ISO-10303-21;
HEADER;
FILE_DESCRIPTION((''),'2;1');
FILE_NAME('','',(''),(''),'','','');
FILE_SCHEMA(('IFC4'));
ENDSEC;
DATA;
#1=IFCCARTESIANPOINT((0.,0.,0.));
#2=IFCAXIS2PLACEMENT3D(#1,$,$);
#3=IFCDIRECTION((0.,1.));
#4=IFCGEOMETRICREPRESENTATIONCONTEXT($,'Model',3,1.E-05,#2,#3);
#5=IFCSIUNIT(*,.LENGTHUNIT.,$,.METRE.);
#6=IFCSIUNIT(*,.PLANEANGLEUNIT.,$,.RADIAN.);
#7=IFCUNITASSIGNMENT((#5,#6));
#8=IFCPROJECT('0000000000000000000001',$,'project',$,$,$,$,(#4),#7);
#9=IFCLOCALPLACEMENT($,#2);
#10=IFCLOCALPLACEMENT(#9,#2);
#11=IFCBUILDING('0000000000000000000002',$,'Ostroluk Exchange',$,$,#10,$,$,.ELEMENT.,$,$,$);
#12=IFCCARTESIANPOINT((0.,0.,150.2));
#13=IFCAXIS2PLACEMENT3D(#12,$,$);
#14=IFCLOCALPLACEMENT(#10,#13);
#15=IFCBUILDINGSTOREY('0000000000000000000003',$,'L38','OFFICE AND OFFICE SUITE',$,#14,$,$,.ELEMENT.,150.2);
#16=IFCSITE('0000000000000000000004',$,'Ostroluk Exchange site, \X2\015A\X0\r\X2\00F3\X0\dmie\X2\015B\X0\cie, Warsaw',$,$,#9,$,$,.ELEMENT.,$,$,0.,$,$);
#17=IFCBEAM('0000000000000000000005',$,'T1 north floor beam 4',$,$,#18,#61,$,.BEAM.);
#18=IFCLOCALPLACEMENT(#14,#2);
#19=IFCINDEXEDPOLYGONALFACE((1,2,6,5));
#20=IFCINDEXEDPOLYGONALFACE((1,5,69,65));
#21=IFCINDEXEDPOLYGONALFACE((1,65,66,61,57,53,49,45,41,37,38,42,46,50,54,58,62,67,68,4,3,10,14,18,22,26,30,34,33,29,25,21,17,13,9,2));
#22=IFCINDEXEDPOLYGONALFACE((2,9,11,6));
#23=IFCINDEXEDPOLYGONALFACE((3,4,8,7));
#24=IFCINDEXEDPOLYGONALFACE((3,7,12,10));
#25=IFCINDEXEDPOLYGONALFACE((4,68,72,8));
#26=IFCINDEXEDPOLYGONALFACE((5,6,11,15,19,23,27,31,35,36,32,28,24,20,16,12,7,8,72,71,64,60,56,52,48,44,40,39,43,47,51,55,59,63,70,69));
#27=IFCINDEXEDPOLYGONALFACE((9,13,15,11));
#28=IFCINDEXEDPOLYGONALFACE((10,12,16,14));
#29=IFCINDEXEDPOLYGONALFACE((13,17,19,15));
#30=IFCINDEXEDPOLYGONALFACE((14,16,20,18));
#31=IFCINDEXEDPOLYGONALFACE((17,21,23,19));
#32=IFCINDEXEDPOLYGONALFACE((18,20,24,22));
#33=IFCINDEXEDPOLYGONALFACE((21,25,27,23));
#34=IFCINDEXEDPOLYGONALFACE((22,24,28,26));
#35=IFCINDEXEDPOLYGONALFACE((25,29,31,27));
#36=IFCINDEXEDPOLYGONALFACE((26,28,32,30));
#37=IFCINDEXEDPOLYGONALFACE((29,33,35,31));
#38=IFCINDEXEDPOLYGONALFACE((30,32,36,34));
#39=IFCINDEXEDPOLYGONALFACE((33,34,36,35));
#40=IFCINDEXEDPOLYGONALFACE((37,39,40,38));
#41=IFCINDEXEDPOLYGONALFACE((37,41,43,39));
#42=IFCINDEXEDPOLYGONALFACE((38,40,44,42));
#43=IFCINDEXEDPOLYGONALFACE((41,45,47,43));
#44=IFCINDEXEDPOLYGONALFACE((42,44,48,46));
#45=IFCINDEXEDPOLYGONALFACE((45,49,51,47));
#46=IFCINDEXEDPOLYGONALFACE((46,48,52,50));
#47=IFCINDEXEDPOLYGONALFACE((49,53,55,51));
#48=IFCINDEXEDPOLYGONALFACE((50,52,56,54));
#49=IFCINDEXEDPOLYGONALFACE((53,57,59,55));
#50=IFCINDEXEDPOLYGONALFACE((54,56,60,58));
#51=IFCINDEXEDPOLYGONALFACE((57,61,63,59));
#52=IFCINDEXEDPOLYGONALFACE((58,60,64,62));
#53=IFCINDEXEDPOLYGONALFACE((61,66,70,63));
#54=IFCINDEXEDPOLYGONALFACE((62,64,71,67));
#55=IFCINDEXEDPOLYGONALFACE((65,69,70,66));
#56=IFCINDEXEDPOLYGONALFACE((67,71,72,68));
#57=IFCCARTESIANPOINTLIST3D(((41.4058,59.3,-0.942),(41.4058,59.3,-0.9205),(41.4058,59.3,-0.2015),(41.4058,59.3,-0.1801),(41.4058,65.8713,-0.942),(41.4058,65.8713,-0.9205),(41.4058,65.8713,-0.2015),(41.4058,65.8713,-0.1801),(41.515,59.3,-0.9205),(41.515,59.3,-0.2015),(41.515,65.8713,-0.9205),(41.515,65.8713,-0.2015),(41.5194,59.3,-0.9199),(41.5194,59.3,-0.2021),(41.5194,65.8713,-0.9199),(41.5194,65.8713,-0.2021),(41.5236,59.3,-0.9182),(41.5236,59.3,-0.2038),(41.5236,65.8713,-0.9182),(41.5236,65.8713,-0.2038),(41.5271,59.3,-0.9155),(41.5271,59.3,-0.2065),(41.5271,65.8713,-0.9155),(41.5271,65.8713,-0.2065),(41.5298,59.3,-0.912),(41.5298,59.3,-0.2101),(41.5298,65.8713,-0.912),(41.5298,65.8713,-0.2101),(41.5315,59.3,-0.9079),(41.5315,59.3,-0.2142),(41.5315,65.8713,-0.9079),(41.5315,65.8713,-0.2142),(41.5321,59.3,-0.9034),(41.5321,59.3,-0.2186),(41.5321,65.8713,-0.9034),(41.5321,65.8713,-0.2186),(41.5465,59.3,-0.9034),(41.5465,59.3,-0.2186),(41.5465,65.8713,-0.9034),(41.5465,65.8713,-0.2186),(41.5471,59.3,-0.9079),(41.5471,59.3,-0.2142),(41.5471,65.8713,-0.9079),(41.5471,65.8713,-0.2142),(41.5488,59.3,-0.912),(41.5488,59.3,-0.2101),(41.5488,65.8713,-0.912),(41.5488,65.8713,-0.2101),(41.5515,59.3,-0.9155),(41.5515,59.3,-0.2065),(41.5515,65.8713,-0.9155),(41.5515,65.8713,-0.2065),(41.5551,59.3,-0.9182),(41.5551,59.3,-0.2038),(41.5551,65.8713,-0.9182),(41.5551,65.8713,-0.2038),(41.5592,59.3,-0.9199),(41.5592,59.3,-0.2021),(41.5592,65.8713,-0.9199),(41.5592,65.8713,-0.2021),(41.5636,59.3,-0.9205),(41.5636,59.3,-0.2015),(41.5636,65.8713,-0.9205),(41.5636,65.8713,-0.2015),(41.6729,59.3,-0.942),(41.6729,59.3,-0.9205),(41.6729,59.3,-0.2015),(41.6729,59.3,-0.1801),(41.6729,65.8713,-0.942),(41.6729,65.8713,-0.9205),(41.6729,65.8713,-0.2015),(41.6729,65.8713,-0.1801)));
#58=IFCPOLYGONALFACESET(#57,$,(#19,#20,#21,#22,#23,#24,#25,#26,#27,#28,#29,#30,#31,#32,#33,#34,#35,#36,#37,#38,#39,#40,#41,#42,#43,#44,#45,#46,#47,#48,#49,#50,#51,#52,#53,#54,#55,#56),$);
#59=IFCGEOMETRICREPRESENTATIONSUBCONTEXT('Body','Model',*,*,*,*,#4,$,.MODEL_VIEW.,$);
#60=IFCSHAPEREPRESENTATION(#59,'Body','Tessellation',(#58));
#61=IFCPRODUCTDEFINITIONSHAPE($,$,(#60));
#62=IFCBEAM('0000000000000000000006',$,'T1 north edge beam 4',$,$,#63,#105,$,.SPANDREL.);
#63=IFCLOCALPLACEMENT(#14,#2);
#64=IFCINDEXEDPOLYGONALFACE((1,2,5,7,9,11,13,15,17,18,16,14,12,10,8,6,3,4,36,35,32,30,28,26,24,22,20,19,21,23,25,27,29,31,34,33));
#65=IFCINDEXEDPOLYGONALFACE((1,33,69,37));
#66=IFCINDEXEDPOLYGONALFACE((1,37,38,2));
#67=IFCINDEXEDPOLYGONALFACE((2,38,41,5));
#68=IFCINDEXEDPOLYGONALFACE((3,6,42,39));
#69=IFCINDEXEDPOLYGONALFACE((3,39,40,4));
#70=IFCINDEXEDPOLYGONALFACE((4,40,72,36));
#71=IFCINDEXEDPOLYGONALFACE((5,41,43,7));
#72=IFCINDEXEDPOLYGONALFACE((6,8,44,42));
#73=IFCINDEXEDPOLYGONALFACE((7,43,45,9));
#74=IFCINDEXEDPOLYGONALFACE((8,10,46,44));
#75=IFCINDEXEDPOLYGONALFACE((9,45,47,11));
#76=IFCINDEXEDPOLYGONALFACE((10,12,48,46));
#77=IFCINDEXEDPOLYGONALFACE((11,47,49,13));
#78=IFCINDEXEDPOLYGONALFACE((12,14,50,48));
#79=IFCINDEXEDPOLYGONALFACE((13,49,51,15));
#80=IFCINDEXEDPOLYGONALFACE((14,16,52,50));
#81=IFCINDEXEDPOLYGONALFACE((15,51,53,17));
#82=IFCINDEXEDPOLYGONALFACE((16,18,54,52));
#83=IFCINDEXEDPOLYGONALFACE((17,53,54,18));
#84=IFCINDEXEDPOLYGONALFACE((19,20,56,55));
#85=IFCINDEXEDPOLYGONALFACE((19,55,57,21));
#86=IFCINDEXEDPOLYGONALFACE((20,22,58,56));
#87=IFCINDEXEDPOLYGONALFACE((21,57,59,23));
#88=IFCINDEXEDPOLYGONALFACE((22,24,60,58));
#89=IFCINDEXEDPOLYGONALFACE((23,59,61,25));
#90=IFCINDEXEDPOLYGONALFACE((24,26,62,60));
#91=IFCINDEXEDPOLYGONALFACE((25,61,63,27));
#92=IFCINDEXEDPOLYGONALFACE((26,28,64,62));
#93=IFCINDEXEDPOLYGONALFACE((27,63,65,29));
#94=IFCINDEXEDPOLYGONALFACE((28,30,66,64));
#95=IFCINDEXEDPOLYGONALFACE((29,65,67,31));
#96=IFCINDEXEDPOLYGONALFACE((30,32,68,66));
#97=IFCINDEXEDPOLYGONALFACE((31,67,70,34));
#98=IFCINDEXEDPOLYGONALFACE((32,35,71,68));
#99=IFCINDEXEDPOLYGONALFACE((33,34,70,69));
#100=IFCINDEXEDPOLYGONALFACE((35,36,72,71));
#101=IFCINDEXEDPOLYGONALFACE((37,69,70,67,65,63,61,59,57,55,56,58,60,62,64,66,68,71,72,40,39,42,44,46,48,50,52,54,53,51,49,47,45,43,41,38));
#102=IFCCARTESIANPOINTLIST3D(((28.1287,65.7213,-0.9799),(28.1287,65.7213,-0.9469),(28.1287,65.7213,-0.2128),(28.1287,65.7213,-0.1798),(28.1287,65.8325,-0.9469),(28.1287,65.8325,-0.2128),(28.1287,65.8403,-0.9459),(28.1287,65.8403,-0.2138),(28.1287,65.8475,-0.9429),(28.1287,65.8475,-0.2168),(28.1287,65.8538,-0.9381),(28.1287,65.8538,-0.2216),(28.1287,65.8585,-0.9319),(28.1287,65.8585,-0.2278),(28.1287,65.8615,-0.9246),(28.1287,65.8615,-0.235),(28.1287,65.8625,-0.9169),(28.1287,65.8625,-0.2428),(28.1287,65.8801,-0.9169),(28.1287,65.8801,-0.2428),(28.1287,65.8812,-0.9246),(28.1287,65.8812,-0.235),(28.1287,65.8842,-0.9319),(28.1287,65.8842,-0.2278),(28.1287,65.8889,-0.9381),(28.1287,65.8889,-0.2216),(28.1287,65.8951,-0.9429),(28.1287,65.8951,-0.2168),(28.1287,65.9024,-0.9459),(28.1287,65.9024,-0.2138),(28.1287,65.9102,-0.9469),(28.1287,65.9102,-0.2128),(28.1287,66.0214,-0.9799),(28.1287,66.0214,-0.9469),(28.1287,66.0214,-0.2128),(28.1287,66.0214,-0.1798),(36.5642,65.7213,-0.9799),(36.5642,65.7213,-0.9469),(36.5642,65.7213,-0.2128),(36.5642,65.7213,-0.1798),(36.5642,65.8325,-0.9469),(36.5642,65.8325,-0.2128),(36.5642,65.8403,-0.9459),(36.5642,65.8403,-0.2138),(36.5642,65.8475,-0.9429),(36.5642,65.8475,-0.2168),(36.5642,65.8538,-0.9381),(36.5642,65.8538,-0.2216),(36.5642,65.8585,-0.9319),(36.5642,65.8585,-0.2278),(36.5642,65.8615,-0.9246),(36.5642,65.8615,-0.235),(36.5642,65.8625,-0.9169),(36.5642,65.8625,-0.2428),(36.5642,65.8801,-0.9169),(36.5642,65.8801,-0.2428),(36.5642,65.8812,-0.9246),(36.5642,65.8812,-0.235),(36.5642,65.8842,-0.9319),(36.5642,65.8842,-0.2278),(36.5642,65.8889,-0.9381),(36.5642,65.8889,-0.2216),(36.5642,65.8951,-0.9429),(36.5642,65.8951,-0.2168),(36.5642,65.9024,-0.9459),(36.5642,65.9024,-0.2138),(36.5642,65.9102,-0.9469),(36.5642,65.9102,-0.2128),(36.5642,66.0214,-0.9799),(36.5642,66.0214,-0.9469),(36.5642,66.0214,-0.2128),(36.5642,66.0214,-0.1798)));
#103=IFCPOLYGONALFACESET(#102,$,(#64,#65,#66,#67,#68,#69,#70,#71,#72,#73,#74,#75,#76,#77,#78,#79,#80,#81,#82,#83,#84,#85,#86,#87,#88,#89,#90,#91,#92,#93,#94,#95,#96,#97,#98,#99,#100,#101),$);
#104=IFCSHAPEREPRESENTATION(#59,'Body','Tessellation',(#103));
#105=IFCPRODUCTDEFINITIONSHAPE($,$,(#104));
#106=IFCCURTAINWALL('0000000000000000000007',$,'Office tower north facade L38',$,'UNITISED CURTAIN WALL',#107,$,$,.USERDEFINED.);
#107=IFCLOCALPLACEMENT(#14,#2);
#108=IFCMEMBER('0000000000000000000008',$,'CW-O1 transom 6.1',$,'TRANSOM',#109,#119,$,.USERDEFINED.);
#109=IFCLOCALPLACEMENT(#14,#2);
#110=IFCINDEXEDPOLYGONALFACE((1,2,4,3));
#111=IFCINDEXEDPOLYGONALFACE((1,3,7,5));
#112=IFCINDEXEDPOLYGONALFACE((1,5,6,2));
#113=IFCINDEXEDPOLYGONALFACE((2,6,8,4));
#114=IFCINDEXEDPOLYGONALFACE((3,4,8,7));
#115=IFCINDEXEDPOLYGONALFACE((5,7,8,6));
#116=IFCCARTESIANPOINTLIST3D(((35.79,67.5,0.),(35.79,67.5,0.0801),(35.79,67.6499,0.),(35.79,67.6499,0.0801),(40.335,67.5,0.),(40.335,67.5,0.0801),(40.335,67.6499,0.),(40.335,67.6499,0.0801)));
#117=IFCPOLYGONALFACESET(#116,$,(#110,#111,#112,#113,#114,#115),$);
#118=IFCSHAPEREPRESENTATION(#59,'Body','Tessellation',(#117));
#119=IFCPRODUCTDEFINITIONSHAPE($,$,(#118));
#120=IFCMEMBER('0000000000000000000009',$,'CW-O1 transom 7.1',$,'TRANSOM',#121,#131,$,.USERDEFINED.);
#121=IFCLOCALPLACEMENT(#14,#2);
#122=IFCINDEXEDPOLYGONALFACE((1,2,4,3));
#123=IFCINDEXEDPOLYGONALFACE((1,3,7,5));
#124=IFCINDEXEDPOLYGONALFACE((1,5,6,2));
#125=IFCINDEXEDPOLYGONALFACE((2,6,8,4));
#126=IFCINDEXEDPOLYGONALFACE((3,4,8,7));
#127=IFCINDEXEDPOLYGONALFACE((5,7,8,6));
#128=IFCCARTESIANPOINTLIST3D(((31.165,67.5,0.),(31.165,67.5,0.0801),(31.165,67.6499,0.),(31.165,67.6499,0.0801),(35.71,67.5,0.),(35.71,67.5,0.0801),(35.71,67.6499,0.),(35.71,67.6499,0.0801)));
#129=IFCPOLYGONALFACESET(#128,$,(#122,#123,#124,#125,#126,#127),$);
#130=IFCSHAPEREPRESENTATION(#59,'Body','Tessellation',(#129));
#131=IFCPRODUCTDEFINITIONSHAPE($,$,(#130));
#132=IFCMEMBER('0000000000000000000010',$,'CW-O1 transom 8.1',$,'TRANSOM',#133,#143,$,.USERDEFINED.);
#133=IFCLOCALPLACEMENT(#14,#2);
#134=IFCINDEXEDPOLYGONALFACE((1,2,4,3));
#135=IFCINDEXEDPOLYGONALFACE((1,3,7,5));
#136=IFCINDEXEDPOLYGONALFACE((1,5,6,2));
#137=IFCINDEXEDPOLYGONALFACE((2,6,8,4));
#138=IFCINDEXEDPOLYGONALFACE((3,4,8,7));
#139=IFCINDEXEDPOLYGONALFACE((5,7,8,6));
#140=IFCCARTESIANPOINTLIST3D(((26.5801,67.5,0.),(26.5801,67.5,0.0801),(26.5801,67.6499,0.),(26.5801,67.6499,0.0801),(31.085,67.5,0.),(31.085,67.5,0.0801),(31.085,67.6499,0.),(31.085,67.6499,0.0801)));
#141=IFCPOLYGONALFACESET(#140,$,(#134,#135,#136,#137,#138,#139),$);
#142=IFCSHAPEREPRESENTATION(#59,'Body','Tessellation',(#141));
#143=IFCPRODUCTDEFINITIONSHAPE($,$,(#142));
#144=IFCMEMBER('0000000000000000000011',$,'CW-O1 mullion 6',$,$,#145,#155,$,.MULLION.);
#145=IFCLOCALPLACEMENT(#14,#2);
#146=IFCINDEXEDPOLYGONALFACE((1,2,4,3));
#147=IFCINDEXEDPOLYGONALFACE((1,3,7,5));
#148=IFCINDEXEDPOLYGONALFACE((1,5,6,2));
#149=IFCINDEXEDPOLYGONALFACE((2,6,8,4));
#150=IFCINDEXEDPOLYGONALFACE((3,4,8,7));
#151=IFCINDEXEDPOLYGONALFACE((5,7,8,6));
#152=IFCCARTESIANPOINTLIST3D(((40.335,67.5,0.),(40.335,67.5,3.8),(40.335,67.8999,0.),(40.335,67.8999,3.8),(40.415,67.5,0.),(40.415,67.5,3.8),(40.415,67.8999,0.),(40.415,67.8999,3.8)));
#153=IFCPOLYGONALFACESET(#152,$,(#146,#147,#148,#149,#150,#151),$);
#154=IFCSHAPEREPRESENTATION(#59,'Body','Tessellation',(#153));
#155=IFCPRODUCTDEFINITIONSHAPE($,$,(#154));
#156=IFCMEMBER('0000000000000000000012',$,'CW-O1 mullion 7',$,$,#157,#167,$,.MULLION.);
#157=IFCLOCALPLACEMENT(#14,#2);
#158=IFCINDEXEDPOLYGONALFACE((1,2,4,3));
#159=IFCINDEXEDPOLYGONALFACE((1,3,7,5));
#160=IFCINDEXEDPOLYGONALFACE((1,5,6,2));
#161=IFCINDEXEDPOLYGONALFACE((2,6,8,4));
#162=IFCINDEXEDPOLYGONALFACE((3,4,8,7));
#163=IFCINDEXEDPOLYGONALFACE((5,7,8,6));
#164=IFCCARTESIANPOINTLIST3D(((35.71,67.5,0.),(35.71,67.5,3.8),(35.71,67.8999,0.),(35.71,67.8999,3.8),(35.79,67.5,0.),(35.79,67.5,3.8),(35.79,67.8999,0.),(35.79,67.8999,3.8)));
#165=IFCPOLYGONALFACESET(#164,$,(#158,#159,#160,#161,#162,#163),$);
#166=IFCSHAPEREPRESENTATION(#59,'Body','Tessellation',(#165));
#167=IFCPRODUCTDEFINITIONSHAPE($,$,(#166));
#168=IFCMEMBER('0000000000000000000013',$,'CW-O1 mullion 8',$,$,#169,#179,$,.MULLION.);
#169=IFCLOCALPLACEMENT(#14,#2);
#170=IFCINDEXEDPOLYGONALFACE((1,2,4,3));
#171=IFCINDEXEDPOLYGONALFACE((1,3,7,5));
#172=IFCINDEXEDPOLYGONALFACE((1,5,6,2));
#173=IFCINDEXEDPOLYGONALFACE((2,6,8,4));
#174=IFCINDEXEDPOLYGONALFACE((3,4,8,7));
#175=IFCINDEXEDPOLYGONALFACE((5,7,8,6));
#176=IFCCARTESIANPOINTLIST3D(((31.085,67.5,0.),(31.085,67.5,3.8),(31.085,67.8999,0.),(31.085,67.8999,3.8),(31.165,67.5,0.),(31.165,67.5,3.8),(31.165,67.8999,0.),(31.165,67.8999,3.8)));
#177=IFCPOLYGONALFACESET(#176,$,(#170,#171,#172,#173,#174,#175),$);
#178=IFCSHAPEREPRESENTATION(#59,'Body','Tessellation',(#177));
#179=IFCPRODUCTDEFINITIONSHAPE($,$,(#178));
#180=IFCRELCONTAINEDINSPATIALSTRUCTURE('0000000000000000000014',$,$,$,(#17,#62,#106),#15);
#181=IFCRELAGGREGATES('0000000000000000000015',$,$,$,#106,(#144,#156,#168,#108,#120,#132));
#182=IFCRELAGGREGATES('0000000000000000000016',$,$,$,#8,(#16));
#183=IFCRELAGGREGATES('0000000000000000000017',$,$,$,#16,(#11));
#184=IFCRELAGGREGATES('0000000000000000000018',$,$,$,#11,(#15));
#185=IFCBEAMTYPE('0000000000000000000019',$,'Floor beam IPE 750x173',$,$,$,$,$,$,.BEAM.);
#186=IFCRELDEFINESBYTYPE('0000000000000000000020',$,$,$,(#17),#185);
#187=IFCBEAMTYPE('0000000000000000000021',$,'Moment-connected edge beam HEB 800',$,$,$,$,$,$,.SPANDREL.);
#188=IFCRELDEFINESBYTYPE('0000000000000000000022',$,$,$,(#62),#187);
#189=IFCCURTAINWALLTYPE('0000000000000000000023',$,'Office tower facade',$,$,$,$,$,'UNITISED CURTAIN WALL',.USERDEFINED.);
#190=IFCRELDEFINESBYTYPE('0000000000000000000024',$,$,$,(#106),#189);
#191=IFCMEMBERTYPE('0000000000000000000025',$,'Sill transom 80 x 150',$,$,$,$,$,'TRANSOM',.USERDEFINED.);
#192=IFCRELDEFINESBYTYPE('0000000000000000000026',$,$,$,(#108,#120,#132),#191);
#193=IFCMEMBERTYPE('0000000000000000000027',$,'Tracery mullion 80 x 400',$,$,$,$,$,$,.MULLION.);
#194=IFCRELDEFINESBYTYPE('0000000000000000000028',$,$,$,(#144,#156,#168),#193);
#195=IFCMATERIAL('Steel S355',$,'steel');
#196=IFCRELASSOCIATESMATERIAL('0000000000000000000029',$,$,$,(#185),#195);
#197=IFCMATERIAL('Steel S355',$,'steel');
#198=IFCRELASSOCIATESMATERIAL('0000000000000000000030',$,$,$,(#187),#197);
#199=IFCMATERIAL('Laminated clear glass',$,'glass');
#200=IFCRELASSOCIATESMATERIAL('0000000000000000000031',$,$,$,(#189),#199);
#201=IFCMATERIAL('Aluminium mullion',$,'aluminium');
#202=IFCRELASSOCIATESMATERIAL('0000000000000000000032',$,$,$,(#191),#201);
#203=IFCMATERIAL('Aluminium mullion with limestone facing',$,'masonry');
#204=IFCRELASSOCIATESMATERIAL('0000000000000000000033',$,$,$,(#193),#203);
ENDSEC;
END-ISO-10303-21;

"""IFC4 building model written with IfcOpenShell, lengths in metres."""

from ifc_helpers import new_model, si_unit, direction, frame, origin, origin_2d, place, context, subcontext, project, spatial, rectangle, i_section, extrude, material, material_profile, profile_set, type_object, element, aggregate, save


model = new_model("IFC4")

# Units and contexts
model_context = context("Model", 3, precision=1e-05, world=origin(), true_north=direction((0.0, 1.0)))
body_context = subcontext(model_context, "Body", "Model", "MODEL_VIEW")
ifc_project = project(units=[si_unit("LENGTHUNIT", "METRE"), si_unit("PLANEANGLEUNIT", "RADIAN")], contexts=[model_context])

# Site, building, storey
site_placement = place(None, origin())
site = spatial("IfcSite", under=ifc_project, at=site_placement, Name="Ostroluk Exchange site, Śródmieście, Warsaw", CompositionType="ELEMENT", RefElevation=0.0)
building_placement = place(site_placement, origin())
building = spatial("IfcBuilding", under=site, at=building_placement, Name="Ostroluk Exchange", CompositionType="ELEMENT")
storey_placement = place(building_placement, frame((0.0, 0.0, 150.2)))
storey = spatial("IfcBuildingStorey", under=building, at=storey_placement, Name="L38", Description="OFFICE AND OFFICE SUITE", CompositionType="ELEMENT", Elevation=150.2)

# Beams
ifc_material_1 = material(Name="Steel S355", Category="steel")
ifc_material_profile_1 = material_profile(ifc_material_1, i_section(OverallWidth=0.2671, OverallDepth=0.762, WebThickness=0.0144, FlangeThickness=0.0215, FilletRadius=0.0171, at=origin_2d()), Name="IPE 750x173")
ifc_profile_set_1 = profile_set([ifc_material_profile_1], Name="Steel S355")
beam_type_1 = type_object("IfcBeamType", Name="Floor beam IPE 750x173", PredefinedType="BEAM", material=ifc_profile_set_1)
beam_1_placement = place(storey_placement, frame((41.5393, 59.3, -0.561), z_axis=(0.0, 1.0, 0.0), x_axis=(-1.0, 0.0, 0.0)))
element("IfcBeam", 1, at=beam_1_placement, inside=storey, type_object=beam_type_1, Name="T1 north floor beam 4", PredefinedType="BEAM", context=body_context, shape_type="SweptSolid", body=[
    extrude(i_section(OverallWidth=0.2671, OverallDepth=0.762, WebThickness=0.0144, FlangeThickness=0.0215, FilletRadius=0.0171, at=origin_2d()), origin(), (0.0, 0.0, 1.0), 6.5713),
])
ifc_material_2 = material(Name="Steel S355", Category="steel")
ifc_material_profile_2 = material_profile(ifc_material_2, i_section(OverallWidth=0.3, OverallDepth=0.8, WebThickness=0.0176, FlangeThickness=0.033, FilletRadius=0.03, at=origin_2d()), Name="HEB 800")
ifc_profile_set_2 = profile_set([ifc_material_profile_2], Name="Steel S355")
beam_type_2 = type_object("IfcBeamType", Name="Moment-connected edge beam HEB 800", PredefinedType="SPANDREL", material=ifc_profile_set_2)
beam_2_placement = place(storey_placement, frame((36.5642, 65.8713, -0.5798), z_axis=(-1.0, 0.0, 0.0), x_axis=(0.0, -1.0, 0.0)))
element("IfcBeam", 2, at=beam_2_placement, inside=storey, type_object=beam_type_2, Name="T1 north edge beam 4", PredefinedType="SPANDREL", context=body_context, shape_type="SweptSolid", body=[
    extrude(i_section(OverallWidth=0.3, OverallDepth=0.8, WebThickness=0.0176, FlangeThickness=0.033, FilletRadius=0.03, at=origin_2d()), origin(), (0.0, 0.0, 1.0), 8.4355),
])

# Curtain wall, members
ifc_material_3 = material(Name="Laminated clear glass", Category="glass")
curtain_wall_type = type_object("IfcCurtainWallType", Name="Office tower facade", ElementType="UNITISED CURTAIN WALL", PredefinedType="USERDEFINED", material=ifc_material_3)
curtain_wall_placement = place(storey_placement, origin())
curtain_wall = element("IfcCurtainWall", 3, at=curtain_wall_placement, inside=storey, type_object=curtain_wall_type, Name="Office tower north facade L38", ObjectType="UNITISED CURTAIN WALL", PredefinedType="USERDEFINED")
ifc_material_4 = material(Name="Aluminium mullion", Category="aluminium")
ifc_material_profile_3 = material_profile(ifc_material_4, rectangle(XDim=0.1499, YDim=0.0801, at=origin_2d()), Name="Sill transom 80 x 150")
ifc_profile_set_3 = profile_set([ifc_material_profile_3], Name="Aluminium mullion")
member_type_1 = type_object("IfcMemberType", Name="Sill transom 80 x 150", ElementType="TRANSOM", PredefinedType="USERDEFINED", material=ifc_profile_set_3)
member_1_placement = place(storey_placement, frame((40.335, 67.575, 0.04), z_axis=(-1.0, 0.0, 0.0), x_axis=(0.0, -1.0, 0.0)))
member_1 = element("IfcMember", 4, at=member_1_placement, type_object=member_type_1, Name="CW-O1 transom 6.1", ObjectType="TRANSOM", PredefinedType="USERDEFINED", context=body_context, shape_type="SweptSolid", body=[
    extrude(rectangle(XDim=0.1499, YDim=0.0801, at=origin_2d()), origin(), (0.0, 0.0, 1.0), 4.5449),
])
member_2_placement = place(storey_placement, frame((35.71, 67.575, 0.04), z_axis=(-1.0, 0.0, 0.0), x_axis=(0.0, -1.0, 0.0)))
member_2 = element("IfcMember", 5, at=member_2_placement, type_object=member_type_1, Name="CW-O1 transom 7.1", ObjectType="TRANSOM", PredefinedType="USERDEFINED", context=body_context, shape_type="SweptSolid", body=[
    extrude(rectangle(XDim=0.1499, YDim=0.0801, at=origin_2d()), origin(), (0.0, 0.0, 1.0), 4.5449),
])
member_3_placement = place(storey_placement, frame((31.085, 67.575, 0.04), z_axis=(-1.0, 0.0, 0.0), x_axis=(0.0, -1.0, 0.0)))
member_3 = element("IfcMember", 6, at=member_3_placement, type_object=member_type_1, Name="CW-O1 transom 8.1", ObjectType="TRANSOM", PredefinedType="USERDEFINED", context=body_context, shape_type="SweptSolid", body=[
    extrude(rectangle(XDim=0.1499, YDim=0.0801, at=origin_2d()), origin(), (0.0, 0.0, 1.0), 4.5049),
])
ifc_material_5 = material(Name="Aluminium mullion with limestone facing", Category="masonry")
ifc_material_profile_4 = material_profile(ifc_material_5, rectangle(XDim=0.3999, YDim=0.0801, at=origin_2d()), Name="Tracery mullion 80 x 400")
ifc_profile_set_4 = profile_set([ifc_material_profile_4], Name="Aluminium mullion with limestone facing")
member_type_2 = type_object("IfcMemberType", Name="Tracery mullion 80 x 400", PredefinedType="MULLION", material=ifc_profile_set_4)
member_4_placement = place(storey_placement, frame((40.375, 67.7, 0.0), z_axis=(0.0, 0.0, 1.0), x_axis=(0.0, -1.0, 0.0)))
member_4 = element("IfcMember", 7, at=member_4_placement, type_object=member_type_2, Name="CW-O1 mullion 6", PredefinedType="MULLION", context=body_context, shape_type="SweptSolid", body=[
    extrude(rectangle(XDim=0.3999, YDim=0.0801, at=origin_2d()), origin(), (0.0, 0.0, 1.0), 3.8),
])
member_5_placement = place(storey_placement, frame((35.75, 67.7, 0.0), z_axis=(0.0, 0.0, 1.0), x_axis=(0.0, -1.0, 0.0)))
member_5 = element("IfcMember", 8, at=member_5_placement, type_object=member_type_2, Name="CW-O1 mullion 7", PredefinedType="MULLION", context=body_context, shape_type="SweptSolid", body=[
    extrude(rectangle(XDim=0.3999, YDim=0.0801, at=origin_2d()), origin(), (0.0, 0.0, 1.0), 3.8),
])
member_6_placement = place(storey_placement, frame((31.125, 67.7, 0.0), z_axis=(0.0, 0.0, 1.0), x_axis=(0.0, -1.0, 0.0)))
member_6 = element("IfcMember", 9, at=member_6_placement, type_object=member_type_2, Name="CW-O1 mullion 8", PredefinedType="MULLION", context=body_context, shape_type="SweptSolid", body=[
    extrude(rectangle(XDim=0.3999, YDim=0.0801, at=origin_2d()), origin(), (0.0, 0.0, 1.0), 3.8),
])
aggregate(curtain_wall, [member_4, member_5, member_6, member_1, member_2, member_3])

save(model, "model.ifc")
